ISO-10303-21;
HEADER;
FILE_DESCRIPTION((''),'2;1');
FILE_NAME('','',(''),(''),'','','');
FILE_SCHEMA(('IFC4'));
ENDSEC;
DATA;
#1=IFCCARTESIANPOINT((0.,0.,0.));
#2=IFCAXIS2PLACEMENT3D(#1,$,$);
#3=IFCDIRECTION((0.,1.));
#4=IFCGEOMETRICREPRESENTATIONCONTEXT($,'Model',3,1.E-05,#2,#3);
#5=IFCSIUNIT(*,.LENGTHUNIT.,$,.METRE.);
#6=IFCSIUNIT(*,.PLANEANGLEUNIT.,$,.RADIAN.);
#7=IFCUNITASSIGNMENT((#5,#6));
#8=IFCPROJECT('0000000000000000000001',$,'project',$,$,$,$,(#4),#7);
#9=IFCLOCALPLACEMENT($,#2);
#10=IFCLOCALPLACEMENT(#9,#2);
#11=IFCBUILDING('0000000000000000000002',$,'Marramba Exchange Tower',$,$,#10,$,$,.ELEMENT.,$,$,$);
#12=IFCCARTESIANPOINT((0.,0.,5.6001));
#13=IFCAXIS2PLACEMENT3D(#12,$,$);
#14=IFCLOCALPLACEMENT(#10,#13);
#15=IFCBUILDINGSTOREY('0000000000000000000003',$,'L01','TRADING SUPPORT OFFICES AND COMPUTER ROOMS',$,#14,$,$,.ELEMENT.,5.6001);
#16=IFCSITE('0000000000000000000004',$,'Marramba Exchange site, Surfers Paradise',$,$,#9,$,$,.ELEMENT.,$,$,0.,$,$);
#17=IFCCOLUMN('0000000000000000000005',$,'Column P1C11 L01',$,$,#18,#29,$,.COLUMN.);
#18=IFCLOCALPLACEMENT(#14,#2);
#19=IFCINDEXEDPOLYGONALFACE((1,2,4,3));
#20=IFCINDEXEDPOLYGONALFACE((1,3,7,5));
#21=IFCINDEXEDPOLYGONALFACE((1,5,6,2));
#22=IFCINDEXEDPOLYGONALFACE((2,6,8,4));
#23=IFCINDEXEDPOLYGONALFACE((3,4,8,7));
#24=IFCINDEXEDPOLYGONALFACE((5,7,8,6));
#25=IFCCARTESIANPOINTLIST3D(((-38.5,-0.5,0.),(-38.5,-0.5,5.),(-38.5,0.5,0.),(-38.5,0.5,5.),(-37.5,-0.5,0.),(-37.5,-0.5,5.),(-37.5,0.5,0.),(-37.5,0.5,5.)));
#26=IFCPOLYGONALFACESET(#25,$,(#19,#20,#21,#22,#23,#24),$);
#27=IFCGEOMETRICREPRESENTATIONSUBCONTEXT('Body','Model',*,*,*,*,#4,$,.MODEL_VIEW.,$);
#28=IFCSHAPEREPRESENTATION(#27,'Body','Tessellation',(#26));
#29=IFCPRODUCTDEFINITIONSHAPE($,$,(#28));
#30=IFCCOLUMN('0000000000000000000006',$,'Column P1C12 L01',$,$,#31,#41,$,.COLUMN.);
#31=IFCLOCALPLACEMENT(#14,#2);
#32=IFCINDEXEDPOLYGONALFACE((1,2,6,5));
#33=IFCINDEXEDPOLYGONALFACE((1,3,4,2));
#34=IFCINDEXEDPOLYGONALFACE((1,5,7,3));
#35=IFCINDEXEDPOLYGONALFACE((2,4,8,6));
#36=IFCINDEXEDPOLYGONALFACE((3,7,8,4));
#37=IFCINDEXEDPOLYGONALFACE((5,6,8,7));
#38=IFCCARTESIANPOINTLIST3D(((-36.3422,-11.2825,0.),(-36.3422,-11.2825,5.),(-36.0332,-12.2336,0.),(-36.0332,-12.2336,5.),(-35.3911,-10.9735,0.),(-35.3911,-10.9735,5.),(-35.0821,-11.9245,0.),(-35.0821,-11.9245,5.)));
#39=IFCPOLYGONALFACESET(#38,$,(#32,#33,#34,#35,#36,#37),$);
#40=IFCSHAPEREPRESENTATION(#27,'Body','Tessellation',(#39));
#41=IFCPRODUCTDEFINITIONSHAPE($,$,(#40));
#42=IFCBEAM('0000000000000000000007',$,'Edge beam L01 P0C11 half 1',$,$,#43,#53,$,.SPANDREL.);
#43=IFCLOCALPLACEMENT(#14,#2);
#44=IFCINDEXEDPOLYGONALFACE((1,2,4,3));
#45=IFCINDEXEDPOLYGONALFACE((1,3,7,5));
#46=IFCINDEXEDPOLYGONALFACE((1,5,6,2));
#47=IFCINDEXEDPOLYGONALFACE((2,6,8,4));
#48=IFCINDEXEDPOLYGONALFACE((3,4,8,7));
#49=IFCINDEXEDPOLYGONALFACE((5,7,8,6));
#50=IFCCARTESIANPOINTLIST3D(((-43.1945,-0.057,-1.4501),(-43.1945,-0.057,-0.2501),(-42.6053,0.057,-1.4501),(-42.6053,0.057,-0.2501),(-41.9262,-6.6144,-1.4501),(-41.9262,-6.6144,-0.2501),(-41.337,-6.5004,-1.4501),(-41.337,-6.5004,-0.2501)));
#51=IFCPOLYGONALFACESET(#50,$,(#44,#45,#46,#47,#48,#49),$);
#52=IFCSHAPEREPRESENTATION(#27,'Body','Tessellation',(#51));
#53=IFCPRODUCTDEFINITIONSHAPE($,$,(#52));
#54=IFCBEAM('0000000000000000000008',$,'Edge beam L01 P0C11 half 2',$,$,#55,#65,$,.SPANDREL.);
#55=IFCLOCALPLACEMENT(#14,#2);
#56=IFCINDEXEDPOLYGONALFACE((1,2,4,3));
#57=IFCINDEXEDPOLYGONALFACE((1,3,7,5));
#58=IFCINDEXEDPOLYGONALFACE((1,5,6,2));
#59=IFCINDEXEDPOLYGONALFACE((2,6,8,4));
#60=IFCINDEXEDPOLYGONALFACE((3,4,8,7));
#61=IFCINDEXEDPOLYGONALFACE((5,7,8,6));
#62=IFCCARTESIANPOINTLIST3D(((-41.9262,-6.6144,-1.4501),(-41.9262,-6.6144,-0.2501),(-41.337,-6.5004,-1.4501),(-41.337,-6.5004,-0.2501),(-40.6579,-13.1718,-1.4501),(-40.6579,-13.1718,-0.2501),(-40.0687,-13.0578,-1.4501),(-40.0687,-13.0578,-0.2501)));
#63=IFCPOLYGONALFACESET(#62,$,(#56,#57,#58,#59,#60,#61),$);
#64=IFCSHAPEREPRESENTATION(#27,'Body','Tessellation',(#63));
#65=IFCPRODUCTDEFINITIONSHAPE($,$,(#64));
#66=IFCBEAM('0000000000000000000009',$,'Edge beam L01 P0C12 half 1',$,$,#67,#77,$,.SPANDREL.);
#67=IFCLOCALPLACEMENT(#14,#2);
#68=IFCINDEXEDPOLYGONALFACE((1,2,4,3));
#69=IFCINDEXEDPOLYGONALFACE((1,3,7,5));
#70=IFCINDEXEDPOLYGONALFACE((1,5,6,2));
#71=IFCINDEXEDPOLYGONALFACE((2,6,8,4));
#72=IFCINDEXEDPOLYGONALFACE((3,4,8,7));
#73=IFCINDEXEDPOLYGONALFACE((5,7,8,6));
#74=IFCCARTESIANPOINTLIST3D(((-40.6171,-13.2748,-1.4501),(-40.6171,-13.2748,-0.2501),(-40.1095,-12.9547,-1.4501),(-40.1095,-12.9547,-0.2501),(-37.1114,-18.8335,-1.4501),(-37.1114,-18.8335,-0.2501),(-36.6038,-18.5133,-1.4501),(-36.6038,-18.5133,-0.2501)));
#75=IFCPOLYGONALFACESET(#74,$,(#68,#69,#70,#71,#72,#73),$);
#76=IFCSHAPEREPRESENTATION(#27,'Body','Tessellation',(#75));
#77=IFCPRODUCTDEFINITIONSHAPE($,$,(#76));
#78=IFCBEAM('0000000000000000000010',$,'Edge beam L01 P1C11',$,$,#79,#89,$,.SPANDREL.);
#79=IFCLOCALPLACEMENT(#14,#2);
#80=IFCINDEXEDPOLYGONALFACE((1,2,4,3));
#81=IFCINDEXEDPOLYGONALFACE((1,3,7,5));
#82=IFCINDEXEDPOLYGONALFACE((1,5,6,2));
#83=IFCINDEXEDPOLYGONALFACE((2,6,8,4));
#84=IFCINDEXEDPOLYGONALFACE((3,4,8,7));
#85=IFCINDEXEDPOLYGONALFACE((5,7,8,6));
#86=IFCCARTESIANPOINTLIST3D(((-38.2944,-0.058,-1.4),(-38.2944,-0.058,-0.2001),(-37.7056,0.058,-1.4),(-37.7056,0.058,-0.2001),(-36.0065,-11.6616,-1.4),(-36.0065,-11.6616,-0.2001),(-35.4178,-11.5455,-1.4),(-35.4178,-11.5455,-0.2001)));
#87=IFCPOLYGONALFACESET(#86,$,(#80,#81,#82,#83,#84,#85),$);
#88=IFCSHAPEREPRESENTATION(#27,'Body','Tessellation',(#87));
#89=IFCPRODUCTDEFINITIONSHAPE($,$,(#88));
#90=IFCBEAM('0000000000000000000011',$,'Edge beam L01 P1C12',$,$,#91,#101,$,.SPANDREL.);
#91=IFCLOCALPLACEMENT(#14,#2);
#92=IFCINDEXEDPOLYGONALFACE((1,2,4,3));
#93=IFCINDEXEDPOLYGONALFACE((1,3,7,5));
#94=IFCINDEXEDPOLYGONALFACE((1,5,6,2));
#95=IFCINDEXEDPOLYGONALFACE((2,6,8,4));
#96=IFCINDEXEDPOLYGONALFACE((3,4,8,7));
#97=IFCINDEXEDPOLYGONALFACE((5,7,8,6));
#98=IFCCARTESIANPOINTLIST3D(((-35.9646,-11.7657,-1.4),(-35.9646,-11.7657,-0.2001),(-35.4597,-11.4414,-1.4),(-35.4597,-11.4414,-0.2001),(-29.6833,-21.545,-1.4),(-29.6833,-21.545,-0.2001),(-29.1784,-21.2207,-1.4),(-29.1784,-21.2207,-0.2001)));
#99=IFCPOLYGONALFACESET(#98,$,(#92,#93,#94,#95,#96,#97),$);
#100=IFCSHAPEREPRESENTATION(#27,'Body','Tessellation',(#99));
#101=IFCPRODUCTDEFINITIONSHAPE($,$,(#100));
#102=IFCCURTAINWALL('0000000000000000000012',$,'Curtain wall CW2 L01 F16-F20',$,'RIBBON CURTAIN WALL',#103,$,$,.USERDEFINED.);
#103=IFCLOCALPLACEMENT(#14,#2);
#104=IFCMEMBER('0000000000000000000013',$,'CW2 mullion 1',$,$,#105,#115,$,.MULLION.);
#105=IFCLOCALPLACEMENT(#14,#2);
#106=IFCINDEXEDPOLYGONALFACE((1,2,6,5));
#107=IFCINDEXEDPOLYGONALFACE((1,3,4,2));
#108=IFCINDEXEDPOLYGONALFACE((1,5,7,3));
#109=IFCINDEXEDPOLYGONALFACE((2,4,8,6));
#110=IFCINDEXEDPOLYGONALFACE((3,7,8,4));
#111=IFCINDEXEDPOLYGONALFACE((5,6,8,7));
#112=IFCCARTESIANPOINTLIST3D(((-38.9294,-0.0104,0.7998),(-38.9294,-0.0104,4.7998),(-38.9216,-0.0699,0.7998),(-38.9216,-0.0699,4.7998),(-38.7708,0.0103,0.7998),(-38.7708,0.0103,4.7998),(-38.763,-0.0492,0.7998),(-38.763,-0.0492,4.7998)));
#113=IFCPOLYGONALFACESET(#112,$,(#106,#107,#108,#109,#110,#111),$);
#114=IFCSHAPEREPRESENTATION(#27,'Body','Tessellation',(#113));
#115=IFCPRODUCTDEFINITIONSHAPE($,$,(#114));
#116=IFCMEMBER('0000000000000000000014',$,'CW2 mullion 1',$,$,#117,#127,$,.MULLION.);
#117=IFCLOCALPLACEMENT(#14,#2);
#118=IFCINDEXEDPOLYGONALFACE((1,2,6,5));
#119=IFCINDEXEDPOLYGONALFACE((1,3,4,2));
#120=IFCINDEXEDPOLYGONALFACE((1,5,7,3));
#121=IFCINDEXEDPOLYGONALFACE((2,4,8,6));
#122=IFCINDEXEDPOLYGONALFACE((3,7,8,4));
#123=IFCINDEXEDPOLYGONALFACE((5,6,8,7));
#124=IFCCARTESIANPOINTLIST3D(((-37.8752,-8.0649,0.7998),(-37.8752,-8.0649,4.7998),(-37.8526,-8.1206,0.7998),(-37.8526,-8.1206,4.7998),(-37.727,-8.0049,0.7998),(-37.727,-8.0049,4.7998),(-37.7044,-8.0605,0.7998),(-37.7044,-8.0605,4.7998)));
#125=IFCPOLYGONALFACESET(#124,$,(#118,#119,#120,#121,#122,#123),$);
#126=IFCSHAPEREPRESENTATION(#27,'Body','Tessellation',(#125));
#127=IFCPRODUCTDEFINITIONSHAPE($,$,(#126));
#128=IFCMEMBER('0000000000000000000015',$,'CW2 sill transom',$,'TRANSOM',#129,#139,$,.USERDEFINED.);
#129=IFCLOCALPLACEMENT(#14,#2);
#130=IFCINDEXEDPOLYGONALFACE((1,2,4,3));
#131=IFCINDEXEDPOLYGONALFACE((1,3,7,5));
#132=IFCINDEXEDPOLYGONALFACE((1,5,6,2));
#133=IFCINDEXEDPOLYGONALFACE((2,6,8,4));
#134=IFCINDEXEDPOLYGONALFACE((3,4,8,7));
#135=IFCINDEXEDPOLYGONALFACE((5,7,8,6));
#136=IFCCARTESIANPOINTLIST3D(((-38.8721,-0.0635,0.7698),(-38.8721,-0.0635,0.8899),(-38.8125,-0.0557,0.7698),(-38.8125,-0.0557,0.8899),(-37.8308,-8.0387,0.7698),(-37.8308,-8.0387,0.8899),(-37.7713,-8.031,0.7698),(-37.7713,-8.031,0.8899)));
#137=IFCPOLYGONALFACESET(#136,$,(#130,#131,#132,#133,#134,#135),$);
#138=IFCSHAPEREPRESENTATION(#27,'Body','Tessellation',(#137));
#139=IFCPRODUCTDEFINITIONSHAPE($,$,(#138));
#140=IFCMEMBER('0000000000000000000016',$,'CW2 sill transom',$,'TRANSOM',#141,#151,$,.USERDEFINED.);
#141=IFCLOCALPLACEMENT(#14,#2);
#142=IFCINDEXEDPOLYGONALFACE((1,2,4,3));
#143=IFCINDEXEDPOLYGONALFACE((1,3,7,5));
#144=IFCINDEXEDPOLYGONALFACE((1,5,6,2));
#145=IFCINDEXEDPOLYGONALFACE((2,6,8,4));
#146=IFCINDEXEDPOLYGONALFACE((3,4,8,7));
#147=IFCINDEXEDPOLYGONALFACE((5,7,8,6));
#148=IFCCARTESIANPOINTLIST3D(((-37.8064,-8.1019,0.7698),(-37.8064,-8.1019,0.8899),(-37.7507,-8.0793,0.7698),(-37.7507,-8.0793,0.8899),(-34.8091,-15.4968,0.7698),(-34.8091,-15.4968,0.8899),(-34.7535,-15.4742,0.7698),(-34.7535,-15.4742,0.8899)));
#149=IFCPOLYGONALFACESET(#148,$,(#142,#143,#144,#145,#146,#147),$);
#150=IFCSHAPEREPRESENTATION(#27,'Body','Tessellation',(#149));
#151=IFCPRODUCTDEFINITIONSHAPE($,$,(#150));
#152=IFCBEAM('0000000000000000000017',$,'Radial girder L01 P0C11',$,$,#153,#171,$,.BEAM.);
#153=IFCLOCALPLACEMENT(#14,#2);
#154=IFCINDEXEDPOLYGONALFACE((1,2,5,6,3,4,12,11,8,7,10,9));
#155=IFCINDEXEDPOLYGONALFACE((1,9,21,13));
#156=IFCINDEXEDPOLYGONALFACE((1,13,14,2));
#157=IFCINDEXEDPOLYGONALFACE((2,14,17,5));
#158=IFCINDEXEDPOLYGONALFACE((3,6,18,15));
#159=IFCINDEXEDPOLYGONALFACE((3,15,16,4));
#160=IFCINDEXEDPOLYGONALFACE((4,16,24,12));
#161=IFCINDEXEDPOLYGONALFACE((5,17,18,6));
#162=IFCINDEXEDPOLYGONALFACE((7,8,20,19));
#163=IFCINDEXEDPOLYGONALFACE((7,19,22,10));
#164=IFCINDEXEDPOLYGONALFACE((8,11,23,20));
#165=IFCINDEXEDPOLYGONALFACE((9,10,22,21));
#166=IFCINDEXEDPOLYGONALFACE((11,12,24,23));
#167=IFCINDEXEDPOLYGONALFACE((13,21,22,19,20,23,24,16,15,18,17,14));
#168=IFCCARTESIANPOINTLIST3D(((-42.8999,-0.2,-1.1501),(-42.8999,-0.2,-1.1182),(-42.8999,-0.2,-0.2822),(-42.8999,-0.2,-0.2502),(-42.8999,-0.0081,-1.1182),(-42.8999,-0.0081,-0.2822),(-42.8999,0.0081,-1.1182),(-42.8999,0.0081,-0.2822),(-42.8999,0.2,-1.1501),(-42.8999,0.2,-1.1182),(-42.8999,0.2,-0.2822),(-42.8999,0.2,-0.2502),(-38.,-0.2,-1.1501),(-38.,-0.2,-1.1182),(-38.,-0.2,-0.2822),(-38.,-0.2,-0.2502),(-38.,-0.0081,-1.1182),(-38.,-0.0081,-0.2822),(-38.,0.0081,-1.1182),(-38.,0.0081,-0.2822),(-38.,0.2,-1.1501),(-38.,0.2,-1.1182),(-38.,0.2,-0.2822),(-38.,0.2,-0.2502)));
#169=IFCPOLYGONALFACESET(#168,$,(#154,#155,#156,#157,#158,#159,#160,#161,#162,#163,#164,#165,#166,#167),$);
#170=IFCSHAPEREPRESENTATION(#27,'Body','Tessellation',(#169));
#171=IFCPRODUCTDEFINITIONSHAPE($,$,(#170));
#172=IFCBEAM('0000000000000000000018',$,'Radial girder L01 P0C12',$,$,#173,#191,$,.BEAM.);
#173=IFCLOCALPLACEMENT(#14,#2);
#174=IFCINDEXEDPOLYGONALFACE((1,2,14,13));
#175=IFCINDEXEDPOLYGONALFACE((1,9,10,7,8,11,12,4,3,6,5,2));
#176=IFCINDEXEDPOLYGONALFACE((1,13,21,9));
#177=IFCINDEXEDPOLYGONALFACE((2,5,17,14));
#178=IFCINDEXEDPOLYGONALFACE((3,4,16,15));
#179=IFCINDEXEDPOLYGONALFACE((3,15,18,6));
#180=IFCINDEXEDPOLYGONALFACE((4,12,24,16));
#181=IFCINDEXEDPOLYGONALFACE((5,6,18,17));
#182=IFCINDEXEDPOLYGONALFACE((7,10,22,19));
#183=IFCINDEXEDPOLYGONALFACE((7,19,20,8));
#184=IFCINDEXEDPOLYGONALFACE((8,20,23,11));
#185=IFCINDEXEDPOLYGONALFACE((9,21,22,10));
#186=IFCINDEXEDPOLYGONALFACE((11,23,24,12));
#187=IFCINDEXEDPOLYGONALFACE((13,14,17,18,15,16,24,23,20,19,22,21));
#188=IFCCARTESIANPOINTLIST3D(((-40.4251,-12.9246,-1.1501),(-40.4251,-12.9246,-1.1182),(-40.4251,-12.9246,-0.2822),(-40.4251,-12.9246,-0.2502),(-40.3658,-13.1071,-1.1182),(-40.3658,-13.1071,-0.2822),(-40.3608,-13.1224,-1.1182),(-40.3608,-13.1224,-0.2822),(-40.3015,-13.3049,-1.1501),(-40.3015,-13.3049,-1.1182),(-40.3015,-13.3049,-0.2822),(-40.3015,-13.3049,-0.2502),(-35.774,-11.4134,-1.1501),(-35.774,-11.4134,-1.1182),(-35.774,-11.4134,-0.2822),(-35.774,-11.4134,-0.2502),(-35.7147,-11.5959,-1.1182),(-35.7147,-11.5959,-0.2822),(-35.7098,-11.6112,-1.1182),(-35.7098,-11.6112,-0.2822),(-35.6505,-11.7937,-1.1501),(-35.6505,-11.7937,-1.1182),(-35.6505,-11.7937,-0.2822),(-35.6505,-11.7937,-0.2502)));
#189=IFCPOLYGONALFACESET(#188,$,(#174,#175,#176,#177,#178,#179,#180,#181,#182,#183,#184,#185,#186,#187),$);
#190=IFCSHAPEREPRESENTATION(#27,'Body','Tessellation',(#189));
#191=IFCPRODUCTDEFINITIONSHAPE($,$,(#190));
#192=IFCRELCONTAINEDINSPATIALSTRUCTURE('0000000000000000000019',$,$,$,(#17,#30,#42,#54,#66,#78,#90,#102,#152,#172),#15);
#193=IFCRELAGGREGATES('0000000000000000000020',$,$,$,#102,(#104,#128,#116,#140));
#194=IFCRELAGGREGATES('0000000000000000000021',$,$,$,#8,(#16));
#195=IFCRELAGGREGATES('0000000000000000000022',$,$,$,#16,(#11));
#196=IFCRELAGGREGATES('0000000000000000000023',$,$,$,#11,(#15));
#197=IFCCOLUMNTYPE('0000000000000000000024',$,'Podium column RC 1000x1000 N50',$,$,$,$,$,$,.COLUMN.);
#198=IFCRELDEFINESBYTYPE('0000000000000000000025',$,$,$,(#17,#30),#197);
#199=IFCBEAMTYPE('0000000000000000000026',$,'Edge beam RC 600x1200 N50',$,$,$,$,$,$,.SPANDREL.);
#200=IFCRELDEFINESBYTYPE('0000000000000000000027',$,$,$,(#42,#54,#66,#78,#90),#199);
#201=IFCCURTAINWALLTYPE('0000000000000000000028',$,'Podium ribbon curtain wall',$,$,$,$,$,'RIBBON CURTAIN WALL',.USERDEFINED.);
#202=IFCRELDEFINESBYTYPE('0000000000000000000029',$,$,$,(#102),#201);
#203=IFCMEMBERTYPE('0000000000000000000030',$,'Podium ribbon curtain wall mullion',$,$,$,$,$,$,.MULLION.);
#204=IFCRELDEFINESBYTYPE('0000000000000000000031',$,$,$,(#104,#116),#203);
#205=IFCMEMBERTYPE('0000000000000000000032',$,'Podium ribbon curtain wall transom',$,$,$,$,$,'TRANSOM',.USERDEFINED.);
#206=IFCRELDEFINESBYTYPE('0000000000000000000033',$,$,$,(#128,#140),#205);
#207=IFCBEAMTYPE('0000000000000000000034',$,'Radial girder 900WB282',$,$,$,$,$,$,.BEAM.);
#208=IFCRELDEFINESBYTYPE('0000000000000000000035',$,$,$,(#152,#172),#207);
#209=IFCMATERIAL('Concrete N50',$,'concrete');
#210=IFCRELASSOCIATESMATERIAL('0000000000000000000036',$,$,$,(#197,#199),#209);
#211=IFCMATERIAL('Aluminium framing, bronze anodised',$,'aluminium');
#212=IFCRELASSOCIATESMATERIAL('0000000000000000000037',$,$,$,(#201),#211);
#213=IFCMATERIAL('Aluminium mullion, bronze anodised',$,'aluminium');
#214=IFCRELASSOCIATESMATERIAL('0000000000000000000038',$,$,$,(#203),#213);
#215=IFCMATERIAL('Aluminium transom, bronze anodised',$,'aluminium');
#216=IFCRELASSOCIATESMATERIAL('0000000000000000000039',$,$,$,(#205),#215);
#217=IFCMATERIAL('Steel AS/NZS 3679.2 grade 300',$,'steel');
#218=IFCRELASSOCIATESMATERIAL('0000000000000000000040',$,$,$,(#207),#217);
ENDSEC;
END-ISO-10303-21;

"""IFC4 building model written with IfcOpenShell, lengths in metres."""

from ifc_helpers import new_model, si_unit, direction, frame, origin, origin_2d, place, context, subcontext, project, spatial, rectangle, i_section, extrude, material, material_profile, profile_set, type_object, element, aggregate, save


model = new_model("IFC4")

# Units and contexts
model_context = context("Model", 3, precision=1e-05, world=origin(), true_north=direction((0.0, 1.0)))
body_context = subcontext(model_context, "Body", "Model", "MODEL_VIEW")
ifc_project = project(units=[si_unit("LENGTHUNIT", "METRE"), si_unit("PLANEANGLEUNIT", "RADIAN")], contexts=[model_context])

# Site, building, storey
site_placement = place(None, origin())
site = spatial("IfcSite", under=ifc_project, at=site_placement, Name="Marramba Exchange site, Surfers Paradise", CompositionType="ELEMENT", RefElevation=0.0)
building_placement = place(site_placement, origin())
building = spatial("IfcBuilding", under=site, at=building_placement, Name="Marramba Exchange Tower", CompositionType="ELEMENT")
storey_placement = place(building_placement, frame((0.0, 0.0, 5.6001)))
storey = spatial("IfcBuildingStorey", under=building, at=storey_placement, Name="L01", Description="TRADING SUPPORT OFFICES AND COMPUTER ROOMS", CompositionType="ELEMENT", Elevation=5.6001)

# Columns
ifc_material_1 = material(Name="Concrete N50", Category="concrete")
ifc_material_profile_1 = material_profile(ifc_material_1, rectangle(XDim=1.0, YDim=1.0, at=origin_2d()), Name="RC 1000x1000")
ifc_profile_set_1 = profile_set([ifc_material_profile_1], Name="Concrete N50")
column_type = type_object("IfcColumnType", Name="Podium column RC 1000x1000 N50", PredefinedType="COLUMN", material=ifc_profile_set_1)
for number, where, z_axis, x_axis, name in (
    (1, (-38.0, 0.0, 0.0), (0.0, 0.0, 1.0), (-1.0, 0.0, 0.0), "Column P1C11 L01"),
    (2, (-35.7122, -11.6035, 0.0), (0.0, 0.0, 1.0), (-0.951057, -0.309017, 0.0), "Column P1C12 L01"),
):
    element("IfcColumn", number, at=place(storey_placement, frame(where, z_axis=z_axis, x_axis=x_axis)), inside=storey, type_object=column_type, Name=name, PredefinedType="COLUMN", context=body_context, shape_type="SweptSolid", body=[
        extrude(rectangle(XDim=1.0, YDim=1.0, at=origin_2d()), origin(), (0.0, 0.0, 1.0), 5.0),
    ])

# Beams
ifc_material_profile_2 = material_profile(ifc_material_1, rectangle(XDim=0.6001, YDim=1.2, at=origin_2d()), Name="RC 600x1200")
ifc_profile_set_2 = profile_set([ifc_material_profile_2], Name="Concrete N50")
beam_type_1 = type_object("IfcBeamType", Name="Edge beam RC 600x1200 N50", PredefinedType="SPANDREL", material=ifc_profile_set_2)
for number, where, z_axis, x_axis, name in (
    (3, (-42.8999, 0.0, -0.8501), (0.189898, -0.981804, 0.0), (0.981804, 0.189898, 0.0), "Edge beam L01 P0C11 half 1"),
    (4, (-41.6316, -6.5574, -0.8501), (0.189898, -0.981804, 0.0), (0.981804, 0.189898, 0.0), "Edge beam L01 P0C11 half 2"),
):
    element("IfcBeam", number, at=place(storey_placement, frame(where, z_axis=z_axis, x_axis=x_axis)), inside=storey, type_object=beam_type_1, Name=name, PredefinedType="SPANDREL", context=body_context, shape_type="SweptSolid", body=[
        extrude(rectangle(XDim=0.6001, YDim=1.2, at=origin_2d()), origin(), (0.0, 0.0, 1.0), 6.679),
    ])
beam_1_placement = place(storey_placement, frame((-40.3633, -13.1147, -0.8501), z_axis=(0.533441, -0.845837, 0.0), x_axis=(0.845837, 0.533441, 0.0)))
element("IfcBeam", 5, at=beam_1_placement, inside=storey, type_object=beam_type_1, Name="Edge beam L01 P0C12 half 1", PredefinedType="SPANDREL", context=body_context, shape_type="SweptSolid", body=[
    extrude(rectangle(XDim=0.6001, YDim=1.2, at=origin_2d()), origin(), (0.0, 0.0, 1.0), 6.5718),
])
beam_2_placement = place(storey_placement, frame((-38.0, 0.0, -0.8), z_axis=(0.193444, -0.981111, 0.0), x_axis=(0.981111, 0.193444, 0.0)))
element("IfcBeam", 6, at=beam_2_placement, inside=storey, type_object=beam_type_1, Name="Edge beam L01 P1C11", PredefinedType="SPANDREL", context=body_context, shape_type="SweptSolid", body=[
    extrude(rectangle(XDim=0.6001, YDim=1.2, at=origin_2d()), origin(), (0.0, 0.0, 1.0), 11.8269),
])
beam_3_placement = place(storey_placement, frame((-35.7122, -11.6035, -0.8), z_axis=(0.540426, -0.841391, 0.0), x_axis=(0.841391, 0.540426, 0.0)))
element("IfcBeam", 7, at=beam_3_placement, inside=storey, type_object=beam_type_1, Name="Edge beam L01 P1C12", PredefinedType="SPANDREL", context=body_context, shape_type="SweptSolid", body=[
    extrude(rectangle(XDim=0.6001, YDim=1.2, at=origin_2d()), origin(), (0.0, 0.0, 1.0), 11.6228),
])

# Curtain wall, members
ifc_material_2 = material(Name="Aluminium framing, bronze anodised", Category="aluminium")
curtain_wall_type = type_object("IfcCurtainWallType", Name="Podium ribbon curtain wall", ElementType="RIBBON CURTAIN WALL", PredefinedType="USERDEFINED", material=ifc_material_2)
curtain_wall_placement = place(storey_placement, origin())
curtain_wall = element("IfcCurtainWall", 8, at=curtain_wall_placement, inside=storey, type_object=curtain_wall_type, Name="Curtain wall CW2 L01 F16-F20", ObjectType="RIBBON CURTAIN WALL", PredefinedType="USERDEFINED")
ifc_material_3 = material(Name="Aluminium mullion, bronze anodised", Category="aluminium")
ifc_material_profile_3 = material_profile(ifc_material_3, rectangle(XDim=0.1599, YDim=0.0601, at=origin_2d()), Name="CW2 mullion 60x160")
ifc_profile_set_3 = profile_set([ifc_material_profile_3], Name="Aluminium mullion, bronze anodised")
member_type_1 = type_object("IfcMemberType", Name="Podium ribbon curtain wall mullion", PredefinedType="MULLION", material=ifc_profile_set_3)
member_1_placement = place(storey_placement, frame((-38.8462, -0.0298, 0.7998), z_axis=(0.0, 0.0, 1.0), x_axis=(0.991587, 0.129443, 0.0)))
member_1 = element("IfcMember", 9, at=member_1_placement, type_object=member_type_1, Name="CW2 mullion 1", PredefinedType="MULLION", context=body_context, shape_type="SweptSolid", body=[
    extrude(rectangle(XDim=0.1599, YDim=0.0601, at=origin_2d()), origin(), (0.0, 0.0, 1.0), 4.0),
])
member_2_placement = place(storey_placement, frame((-37.7898, -8.0627, 0.7998), z_axis=(0.0, 0.0, 1.0), x_axis=(0.926769, 0.375632, 0.0)))
member_2 = element("IfcMember", 10, at=member_2_placement, type_object=member_type_1, Name="CW2 mullion 1", PredefinedType="MULLION", context=body_context, shape_type="SweptSolid", body=[
    extrude(rectangle(XDim=0.1599, YDim=0.0601, at=origin_2d()), origin(), (0.0, 0.0, 1.0), 4.0),
])
ifc_material_4 = material(Name="Aluminium transom, bronze anodised", Category="aluminium")
ifc_material_profile_4 = material_profile(ifc_material_4, rectangle(XDim=0.0601, YDim=0.1201, at=origin_2d()), Name="CW2 transom 60x120")
ifc_profile_set_4 = profile_set([ifc_material_profile_4], Name="Aluminium transom, bronze anodised")
member_type_2 = type_object("IfcMemberType", Name="Podium ribbon curtain wall transom", ElementType="TRANSOM", PredefinedType="USERDEFINED", material=ifc_profile_set_4)
member_3_placement = place(storey_placement, frame((-38.8423, -0.0596, 0.8298), z_axis=(0.129461, -0.991584, 0.0), x_axis=(0.991584, 0.129461, 0.0)))
member_3 = element("IfcMember", 11, at=member_3_placement, type_object=member_type_2, Name="CW2 sill transom", ObjectType="TRANSOM", PredefinedType="USERDEFINED", context=body_context, shape_type="SweptSolid", body=[
    extrude(rectangle(XDim=0.0601, YDim=0.1201, at=origin_2d()), origin(), (0.0, 0.0, 1.0), 8.043),
])
member_4_placement = place(storey_placement, frame((-37.7786, -8.0906, 0.8298), z_axis=(0.375633, -0.926768, 0.0), x_axis=(0.926768, 0.375633, 0.0)))
member_4 = element("IfcMember", 12, at=member_4_placement, type_object=member_type_2, Name="CW2 sill transom", ObjectType="TRANSOM", PredefinedType="USERDEFINED", context=body_context, shape_type="SweptSolid", body=[
    extrude(rectangle(XDim=0.0601, YDim=0.1201, at=origin_2d()), origin(), (0.0, 0.0, 1.0), 7.9792),
])

# Beams
ifc_material_5 = material(Name="Steel AS/NZS 3679.2 grade 300", Category="steel")
ifc_material_profile_5 = material_profile(ifc_material_5, i_section(OverallWidth=0.3999, OverallDepth=0.8999, WebThickness=0.0161, FlangeThickness=0.032, at=origin_2d()), Name="900WB282")
ifc_profile_set_5 = profile_set([ifc_material_profile_5], Name="Steel AS/NZS 3679.2 grade 300")
beam_type_2 = type_object("IfcBeamType", Name="Radial girder 900WB282", PredefinedType="BEAM", material=ifc_profile_set_5)
beam_4_placement = place(storey_placement, frame((-42.8999, 0.0, -0.7002), z_axis=(1.0, 0.0, 0.0), x_axis=(0.0, 1.0, 0.0)))
element("IfcBeam", 13, at=beam_4_placement, inside=storey, type_object=beam_type_2, Name="Radial girder L01 P0C11", PredefinedType="BEAM", context=body_context, shape_type="SweptSolid", body=[
    extrude(i_section(OverallWidth=0.3999, OverallDepth=0.8999, WebThickness=0.0161, FlangeThickness=0.032, at=origin_2d()), origin(), (0.0, 0.0, 1.0), 4.8999),
])
beam_5_placement = place(storey_placement, frame((-40.3633, -13.1147, -0.7002), z_axis=(0.951057, 0.309015, 0.0), x_axis=(-0.309015, 0.951057, 0.0)))
element("IfcBeam", 14, at=beam_5_placement, inside=storey, type_object=beam_type_2, Name="Radial girder L01 P0C12", PredefinedType="BEAM", context=body_context, shape_type="SweptSolid", body=[
    extrude(i_section(OverallWidth=0.3999, OverallDepth=0.8999, WebThickness=0.0161, FlangeThickness=0.032, at=origin_2d()), origin(), (0.0, 0.0, 1.0), 4.8904),
])

aggregate(curtain_wall, [member_1, member_3, member_2, member_4])

save(model, "model.ifc")
